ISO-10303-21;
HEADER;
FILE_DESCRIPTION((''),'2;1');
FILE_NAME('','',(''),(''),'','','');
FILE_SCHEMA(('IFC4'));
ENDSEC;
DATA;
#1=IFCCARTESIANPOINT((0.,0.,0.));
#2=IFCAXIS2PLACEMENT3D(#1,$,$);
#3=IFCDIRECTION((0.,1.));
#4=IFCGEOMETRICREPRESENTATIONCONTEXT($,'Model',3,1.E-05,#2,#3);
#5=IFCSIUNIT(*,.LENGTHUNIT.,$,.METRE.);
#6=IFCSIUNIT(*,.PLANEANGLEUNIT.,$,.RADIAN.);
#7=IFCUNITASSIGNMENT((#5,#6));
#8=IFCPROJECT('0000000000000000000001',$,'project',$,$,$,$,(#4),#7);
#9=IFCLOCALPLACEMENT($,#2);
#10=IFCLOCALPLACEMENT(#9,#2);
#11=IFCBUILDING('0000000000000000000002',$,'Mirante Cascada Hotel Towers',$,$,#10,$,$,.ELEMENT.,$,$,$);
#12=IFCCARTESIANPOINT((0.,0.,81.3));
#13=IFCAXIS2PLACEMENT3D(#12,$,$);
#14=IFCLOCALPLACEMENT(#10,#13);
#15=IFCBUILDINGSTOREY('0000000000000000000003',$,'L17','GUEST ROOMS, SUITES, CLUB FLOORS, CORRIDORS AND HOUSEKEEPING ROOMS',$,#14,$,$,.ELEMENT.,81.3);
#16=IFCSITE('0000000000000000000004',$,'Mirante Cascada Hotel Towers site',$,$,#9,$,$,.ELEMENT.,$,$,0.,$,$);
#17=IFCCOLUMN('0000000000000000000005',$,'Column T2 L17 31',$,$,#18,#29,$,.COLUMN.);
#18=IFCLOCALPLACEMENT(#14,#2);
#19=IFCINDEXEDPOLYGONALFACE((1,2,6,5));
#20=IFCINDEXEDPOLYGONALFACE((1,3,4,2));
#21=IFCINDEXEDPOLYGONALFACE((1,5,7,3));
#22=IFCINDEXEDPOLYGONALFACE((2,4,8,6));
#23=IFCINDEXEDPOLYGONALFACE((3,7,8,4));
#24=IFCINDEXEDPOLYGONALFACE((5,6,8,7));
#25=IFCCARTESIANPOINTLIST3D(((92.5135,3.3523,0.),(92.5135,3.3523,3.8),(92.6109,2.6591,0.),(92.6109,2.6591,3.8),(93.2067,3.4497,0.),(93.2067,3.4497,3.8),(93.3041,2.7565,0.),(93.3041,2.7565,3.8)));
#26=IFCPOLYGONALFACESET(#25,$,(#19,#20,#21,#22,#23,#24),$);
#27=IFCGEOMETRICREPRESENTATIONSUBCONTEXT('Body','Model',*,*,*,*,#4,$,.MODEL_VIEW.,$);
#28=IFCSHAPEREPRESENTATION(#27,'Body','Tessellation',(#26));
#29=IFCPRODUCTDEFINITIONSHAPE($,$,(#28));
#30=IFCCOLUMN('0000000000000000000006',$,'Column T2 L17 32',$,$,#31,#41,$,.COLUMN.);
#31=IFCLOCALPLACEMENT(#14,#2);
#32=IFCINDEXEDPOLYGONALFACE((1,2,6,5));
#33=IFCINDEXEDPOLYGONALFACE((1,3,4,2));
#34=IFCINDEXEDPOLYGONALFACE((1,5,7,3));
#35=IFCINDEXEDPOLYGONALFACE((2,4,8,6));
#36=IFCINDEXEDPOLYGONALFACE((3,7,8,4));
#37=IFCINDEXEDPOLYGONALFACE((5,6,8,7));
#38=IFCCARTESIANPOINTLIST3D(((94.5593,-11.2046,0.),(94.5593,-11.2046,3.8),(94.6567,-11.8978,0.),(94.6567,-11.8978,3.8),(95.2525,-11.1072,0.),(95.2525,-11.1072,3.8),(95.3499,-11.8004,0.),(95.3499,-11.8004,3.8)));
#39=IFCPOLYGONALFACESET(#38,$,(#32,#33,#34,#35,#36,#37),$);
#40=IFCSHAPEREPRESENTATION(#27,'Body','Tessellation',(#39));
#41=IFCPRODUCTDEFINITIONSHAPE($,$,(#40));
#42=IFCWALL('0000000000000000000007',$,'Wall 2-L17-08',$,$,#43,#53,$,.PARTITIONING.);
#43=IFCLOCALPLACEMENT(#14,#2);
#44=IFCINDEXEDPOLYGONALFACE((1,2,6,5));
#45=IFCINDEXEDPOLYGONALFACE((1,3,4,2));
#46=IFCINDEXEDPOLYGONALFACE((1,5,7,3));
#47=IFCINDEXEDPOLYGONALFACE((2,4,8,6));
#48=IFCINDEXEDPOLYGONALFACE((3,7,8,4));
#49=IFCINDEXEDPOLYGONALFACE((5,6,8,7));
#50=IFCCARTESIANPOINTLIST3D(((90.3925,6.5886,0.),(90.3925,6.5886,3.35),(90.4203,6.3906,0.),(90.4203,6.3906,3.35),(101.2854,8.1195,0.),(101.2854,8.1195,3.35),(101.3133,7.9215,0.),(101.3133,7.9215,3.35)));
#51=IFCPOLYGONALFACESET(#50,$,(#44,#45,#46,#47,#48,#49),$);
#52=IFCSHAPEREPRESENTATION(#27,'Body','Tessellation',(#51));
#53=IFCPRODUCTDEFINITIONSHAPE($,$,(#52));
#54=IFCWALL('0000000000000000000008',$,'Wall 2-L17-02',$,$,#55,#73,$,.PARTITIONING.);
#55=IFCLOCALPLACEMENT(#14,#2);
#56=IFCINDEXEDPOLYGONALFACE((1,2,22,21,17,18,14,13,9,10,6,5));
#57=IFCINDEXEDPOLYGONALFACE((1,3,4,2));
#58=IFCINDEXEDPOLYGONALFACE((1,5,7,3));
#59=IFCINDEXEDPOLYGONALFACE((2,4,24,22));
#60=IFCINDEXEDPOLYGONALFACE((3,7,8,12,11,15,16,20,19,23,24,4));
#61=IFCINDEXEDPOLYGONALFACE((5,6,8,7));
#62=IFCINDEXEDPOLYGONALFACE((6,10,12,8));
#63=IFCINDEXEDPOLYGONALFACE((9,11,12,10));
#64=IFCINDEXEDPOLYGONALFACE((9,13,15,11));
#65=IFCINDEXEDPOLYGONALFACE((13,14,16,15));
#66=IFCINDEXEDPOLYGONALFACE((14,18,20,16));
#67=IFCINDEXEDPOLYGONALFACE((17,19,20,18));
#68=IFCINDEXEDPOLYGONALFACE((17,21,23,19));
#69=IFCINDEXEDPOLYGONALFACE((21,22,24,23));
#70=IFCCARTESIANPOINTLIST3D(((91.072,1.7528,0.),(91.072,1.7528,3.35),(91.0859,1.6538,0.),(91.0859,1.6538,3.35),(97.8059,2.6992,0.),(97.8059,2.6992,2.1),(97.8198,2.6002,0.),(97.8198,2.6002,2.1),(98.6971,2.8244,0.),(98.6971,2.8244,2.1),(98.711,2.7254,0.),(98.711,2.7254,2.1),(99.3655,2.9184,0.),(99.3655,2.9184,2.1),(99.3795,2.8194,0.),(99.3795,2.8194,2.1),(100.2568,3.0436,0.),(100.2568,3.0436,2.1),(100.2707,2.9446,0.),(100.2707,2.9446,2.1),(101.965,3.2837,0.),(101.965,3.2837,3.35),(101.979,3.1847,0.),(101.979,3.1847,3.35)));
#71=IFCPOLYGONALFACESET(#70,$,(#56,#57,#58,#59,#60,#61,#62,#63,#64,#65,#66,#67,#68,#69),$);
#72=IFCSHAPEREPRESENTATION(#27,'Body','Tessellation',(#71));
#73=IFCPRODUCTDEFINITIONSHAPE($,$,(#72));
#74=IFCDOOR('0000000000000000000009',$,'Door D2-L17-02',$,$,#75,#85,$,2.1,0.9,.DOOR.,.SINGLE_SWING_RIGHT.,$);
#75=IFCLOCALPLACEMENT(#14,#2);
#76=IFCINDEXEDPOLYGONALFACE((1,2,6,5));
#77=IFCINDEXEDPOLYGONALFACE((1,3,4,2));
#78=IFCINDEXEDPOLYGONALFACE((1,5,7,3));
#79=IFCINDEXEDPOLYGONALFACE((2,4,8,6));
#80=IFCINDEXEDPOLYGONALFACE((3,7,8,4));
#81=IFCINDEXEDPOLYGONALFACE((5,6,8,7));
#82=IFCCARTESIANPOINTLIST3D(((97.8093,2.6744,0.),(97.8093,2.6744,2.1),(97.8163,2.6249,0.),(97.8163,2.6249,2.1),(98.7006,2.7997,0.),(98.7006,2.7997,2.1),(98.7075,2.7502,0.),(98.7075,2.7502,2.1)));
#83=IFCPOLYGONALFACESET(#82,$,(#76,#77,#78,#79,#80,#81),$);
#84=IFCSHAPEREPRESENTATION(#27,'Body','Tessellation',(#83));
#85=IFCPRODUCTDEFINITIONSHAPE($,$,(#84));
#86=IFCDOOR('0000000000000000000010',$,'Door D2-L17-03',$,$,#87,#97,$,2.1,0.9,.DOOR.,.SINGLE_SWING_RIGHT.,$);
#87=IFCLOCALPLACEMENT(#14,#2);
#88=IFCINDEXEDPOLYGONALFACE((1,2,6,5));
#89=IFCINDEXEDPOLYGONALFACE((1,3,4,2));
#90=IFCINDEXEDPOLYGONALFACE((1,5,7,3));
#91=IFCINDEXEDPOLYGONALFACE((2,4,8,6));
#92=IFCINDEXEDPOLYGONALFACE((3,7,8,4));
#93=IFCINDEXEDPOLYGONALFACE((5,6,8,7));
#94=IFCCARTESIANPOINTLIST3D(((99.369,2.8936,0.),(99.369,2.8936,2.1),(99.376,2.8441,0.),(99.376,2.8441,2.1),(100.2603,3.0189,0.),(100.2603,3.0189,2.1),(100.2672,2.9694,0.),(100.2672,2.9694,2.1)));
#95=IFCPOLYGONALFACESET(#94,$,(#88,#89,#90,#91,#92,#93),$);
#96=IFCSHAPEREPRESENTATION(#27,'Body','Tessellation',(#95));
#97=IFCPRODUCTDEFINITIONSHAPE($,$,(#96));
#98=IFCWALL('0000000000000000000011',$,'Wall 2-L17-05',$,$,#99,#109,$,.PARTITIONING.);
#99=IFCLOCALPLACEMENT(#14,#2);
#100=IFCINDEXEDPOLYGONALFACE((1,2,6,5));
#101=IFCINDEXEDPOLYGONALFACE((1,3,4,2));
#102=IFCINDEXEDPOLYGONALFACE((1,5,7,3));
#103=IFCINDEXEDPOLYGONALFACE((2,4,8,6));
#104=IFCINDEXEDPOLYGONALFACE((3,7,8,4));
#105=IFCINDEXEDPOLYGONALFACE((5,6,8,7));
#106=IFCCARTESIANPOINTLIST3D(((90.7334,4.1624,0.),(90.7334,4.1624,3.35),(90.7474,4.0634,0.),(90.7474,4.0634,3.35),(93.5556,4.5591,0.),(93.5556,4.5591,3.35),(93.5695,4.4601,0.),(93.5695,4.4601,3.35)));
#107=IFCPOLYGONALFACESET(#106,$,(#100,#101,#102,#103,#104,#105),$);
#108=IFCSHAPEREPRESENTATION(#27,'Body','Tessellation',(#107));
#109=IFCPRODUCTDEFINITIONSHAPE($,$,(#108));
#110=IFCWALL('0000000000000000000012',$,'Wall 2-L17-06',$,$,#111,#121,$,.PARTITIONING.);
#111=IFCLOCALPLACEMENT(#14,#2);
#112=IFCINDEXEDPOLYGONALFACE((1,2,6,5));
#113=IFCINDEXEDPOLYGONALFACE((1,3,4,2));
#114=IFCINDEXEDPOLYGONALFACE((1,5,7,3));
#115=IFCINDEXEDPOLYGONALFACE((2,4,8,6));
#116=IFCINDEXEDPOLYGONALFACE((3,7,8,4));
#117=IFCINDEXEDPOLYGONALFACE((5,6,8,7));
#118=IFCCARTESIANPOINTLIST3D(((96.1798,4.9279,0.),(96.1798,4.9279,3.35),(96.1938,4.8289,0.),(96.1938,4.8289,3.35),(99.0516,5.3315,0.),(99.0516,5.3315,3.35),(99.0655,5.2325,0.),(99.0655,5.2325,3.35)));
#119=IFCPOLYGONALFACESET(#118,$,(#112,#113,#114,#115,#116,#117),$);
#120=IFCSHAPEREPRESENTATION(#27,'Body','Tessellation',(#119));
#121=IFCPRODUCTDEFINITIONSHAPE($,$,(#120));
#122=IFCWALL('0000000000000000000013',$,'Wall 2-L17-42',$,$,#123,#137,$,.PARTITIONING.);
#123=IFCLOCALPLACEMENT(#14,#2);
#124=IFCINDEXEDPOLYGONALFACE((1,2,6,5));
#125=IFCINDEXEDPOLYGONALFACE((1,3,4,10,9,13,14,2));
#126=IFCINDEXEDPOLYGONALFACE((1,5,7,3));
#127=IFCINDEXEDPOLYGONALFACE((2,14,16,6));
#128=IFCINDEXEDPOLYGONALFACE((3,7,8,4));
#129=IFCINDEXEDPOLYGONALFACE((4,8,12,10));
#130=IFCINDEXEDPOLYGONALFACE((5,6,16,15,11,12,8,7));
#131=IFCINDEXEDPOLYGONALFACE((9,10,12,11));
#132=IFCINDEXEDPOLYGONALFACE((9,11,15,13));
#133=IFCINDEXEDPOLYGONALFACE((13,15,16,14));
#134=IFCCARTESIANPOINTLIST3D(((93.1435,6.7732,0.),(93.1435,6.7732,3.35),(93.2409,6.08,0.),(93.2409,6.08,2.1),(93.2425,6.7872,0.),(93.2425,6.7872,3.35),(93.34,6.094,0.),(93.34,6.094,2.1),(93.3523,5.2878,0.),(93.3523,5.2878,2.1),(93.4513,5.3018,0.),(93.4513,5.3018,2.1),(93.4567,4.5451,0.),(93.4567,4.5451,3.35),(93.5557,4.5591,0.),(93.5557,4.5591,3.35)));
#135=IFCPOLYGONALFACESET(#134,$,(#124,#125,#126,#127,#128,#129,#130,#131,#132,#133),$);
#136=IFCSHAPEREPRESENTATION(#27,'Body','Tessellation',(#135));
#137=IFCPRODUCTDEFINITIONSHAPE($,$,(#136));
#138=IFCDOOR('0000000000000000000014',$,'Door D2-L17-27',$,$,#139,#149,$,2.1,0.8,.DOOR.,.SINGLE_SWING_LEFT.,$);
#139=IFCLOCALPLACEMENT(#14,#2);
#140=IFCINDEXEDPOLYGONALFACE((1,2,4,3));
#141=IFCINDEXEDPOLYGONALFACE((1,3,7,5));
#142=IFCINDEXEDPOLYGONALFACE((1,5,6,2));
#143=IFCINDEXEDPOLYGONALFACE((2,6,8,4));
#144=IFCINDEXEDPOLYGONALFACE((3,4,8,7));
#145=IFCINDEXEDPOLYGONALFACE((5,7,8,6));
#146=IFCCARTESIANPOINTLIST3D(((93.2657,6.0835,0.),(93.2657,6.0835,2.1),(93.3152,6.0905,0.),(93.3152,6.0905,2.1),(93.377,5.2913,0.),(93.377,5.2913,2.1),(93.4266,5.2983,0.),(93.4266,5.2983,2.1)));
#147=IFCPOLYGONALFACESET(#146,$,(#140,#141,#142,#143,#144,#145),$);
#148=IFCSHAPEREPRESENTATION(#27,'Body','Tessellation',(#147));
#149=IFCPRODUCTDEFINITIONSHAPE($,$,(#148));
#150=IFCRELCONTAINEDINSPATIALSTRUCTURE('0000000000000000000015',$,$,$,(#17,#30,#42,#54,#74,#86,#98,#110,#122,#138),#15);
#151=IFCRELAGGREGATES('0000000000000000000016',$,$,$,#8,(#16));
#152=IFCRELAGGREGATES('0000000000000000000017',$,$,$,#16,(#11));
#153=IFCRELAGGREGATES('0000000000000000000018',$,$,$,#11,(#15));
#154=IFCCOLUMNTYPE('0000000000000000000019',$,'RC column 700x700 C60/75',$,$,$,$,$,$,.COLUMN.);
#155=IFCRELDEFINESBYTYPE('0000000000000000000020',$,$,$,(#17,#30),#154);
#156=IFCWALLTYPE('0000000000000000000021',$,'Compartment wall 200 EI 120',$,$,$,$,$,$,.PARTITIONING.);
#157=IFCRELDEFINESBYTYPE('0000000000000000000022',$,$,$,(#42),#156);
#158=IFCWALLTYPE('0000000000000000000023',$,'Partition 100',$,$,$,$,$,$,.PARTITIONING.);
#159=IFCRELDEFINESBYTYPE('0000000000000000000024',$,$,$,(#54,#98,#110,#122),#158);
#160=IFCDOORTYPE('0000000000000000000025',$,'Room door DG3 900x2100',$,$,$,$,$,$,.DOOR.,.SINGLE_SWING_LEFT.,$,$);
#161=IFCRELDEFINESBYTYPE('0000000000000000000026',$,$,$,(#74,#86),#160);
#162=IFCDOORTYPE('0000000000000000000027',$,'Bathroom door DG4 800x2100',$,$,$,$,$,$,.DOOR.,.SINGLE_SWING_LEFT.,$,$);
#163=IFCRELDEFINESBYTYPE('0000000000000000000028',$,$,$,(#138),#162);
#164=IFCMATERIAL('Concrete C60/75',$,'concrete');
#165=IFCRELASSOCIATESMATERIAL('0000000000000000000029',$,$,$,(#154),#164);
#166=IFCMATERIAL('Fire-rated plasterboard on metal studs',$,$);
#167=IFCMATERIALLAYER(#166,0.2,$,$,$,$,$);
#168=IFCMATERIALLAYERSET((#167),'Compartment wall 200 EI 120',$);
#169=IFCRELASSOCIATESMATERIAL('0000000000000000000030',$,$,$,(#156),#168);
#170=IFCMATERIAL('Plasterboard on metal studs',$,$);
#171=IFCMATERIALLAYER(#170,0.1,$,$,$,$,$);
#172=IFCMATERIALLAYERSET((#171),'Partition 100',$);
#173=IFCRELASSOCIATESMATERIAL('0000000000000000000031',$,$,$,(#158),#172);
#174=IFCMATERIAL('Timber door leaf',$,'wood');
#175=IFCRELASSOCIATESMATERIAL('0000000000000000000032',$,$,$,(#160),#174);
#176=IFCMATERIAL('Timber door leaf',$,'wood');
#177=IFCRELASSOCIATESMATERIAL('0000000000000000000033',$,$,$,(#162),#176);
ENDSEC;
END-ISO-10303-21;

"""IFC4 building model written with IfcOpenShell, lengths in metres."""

from ifc_helpers import new_model, si_unit, direction, frame, frame_2d, origin, origin_2d, place, context, subcontext, project, spatial, rectangle, extrude, material, layer, layer_set, material_profile, profile_set, type_object, element, fill, save


model = new_model("IFC4")

# Units and contexts
model_context = context("Model", 3, precision=1e-05, world=origin(), true_north=direction((0.0, 1.0)))
body_context = subcontext(model_context, "Body", "Model", "MODEL_VIEW")
ifc_project = project(units=[si_unit("LENGTHUNIT", "METRE"), si_unit("PLANEANGLEUNIT", "RADIAN")], contexts=[model_context])

# Site, building, storey
site_placement = place(None, origin())
site = spatial("IfcSite", under=ifc_project, at=site_placement, Name="Mirante Cascada Hotel Towers site", CompositionType="ELEMENT", RefElevation=0.0)
building_placement = place(site_placement, origin())
building = spatial("IfcBuilding", under=site, at=building_placement, Name="Mirante Cascada Hotel Towers", CompositionType="ELEMENT")
storey_placement = place(building_placement, frame((0.0, 0.0, 81.3)))
storey = spatial("IfcBuildingStorey", under=building, at=storey_placement, Name="L17", Description="GUEST ROOMS, SUITES, CLUB FLOORS, CORRIDORS AND HOUSEKEEPING ROOMS", CompositionType="ELEMENT", Elevation=81.3)

# Columns
ifc_material_1 = material(Name="Concrete C60/75", Category="concrete")
ifc_material_profile = material_profile(ifc_material_1, rectangle(XDim=0.7, YDim=0.7, at=origin_2d()), Name="RC column 700x700 C60/75")
ifc_profile_set = profile_set([ifc_material_profile], Name="Concrete C60/75")
column_type = type_object("IfcColumnType", Name="RC column 700x700 C60/75", PredefinedType="COLUMN", material=ifc_profile_set)
for number, where, z_axis, x_axis, name in (
    (1, (92.9088, 3.0544, 0.0), (0.0, 0.0, 1.0), (0.990268, 0.139173, 0.0), "Column T2 L17 31"),
    (2, (94.9546, -11.5025, 0.0), (0.0, 0.0, 1.0), (0.990268, 0.139173, 0.0), "Column T2 L17 32"),
):
    element("IfcColumn", number, at=place(storey_placement, frame(where, z_axis=z_axis, x_axis=x_axis)), inside=storey, type_object=column_type, Name=name, PredefinedType="COLUMN", context=body_context, shape_type="SweptSolid", body=[
        extrude(rectangle(XDim=0.7, YDim=0.7, at=origin_2d()), origin(), (0.0, 0.0, 1.0), 3.8),
    ])

# Wall
ifc_material_2 = material(Name="Fire-rated plasterboard on metal studs")
ifc_layer_1 = layer(ifc_material_2, 0.2)
ifc_layer_set_1 = layer_set([ifc_layer_1], Name="Compartment wall 200 EI 120")
wall_type_1 = type_object("IfcWallType", Name="Compartment wall 200 EI 120", PredefinedType="PARTITIONING", material=ifc_layer_set_1)
wall_1_placement = place(storey_placement, frame((90.4064, 6.4896, 0.0), z_axis=(0.0, 0.0, 1.0), x_axis=(0.990268, 0.139173, 0.0)))
element("IfcWall", 3, at=wall_1_placement, inside=storey, type_object=wall_type_1, Name="Wall 2-L17-08", PredefinedType="PARTITIONING", context=body_context, shape_type="SweptSolid", body=[
    extrude(rectangle(XDim=11.0, YDim=0.2, at=frame_2d((5.5, 0.0))), origin(), (0.0, 0.0, 1.0), 3.35),
])

# Wall, openings, doors
ifc_material_3 = material(Name="Plasterboard on metal studs")
ifc_layer_2 = layer(ifc_material_3, 0.1)
ifc_layer_set_2 = layer_set([ifc_layer_2], Name="Partition 100")
wall_type_2 = type_object("IfcWallType", Name="Partition 100", PredefinedType="PARTITIONING", material=ifc_layer_set_2)
wall_2_placement = place(storey_placement, frame((91.079, 1.7033, 0.0), z_axis=(0.0, 0.0, 1.0), x_axis=(0.990268, 0.139172, 0.0)))
wall_2 = element("IfcWall", 4, at=wall_2_placement, inside=storey, type_object=wall_type_2, Name="Wall 2-L17-02", PredefinedType="PARTITIONING", context=body_context, shape_type="SweptSolid", body=[
    extrude(rectangle(XDim=11.0001, YDim=0.1, at=frame_2d((5.5, 0.0))), origin(), (0.0, 0.0, 1.0), 3.35),
])
opening_1_placement = place(wall_2_placement, frame((6.8, 0.0, 0.0)))
opening_1 = element("IfcOpeningElement", 5, at=opening_1_placement, cuts=wall_2, PredefinedType="OPENING", context=body_context, shape_type="SweptSolid", body=[
    extrude(rectangle(XDim=0.9, YDim=2.1, at=frame_2d((0.45, 1.05))), frame((0.0, 0.05, 0.0), z_axis=(0.0, -1.0, 0.0), x_axis=(1.0, 0.0, 0.0)), (0.0, 0.0, 1.0), 0.1),
])
opening_2_placement = place(wall_2_placement, frame((8.375, 0.0, 0.0)))
opening_2 = element("IfcOpeningElement", 6, at=opening_2_placement, cuts=wall_2, PredefinedType="OPENING", context=body_context, shape_type="SweptSolid", body=[
    extrude(rectangle(XDim=0.9, YDim=2.1, at=frame_2d((0.45, 1.05))), frame((0.0, 0.05, 0.0), z_axis=(0.0, -1.0, 0.0), x_axis=(1.0, 0.0, 0.0)), (0.0, 0.0, 1.0), 0.1),
])
ifc_material_4 = material(Name="Timber door leaf", Category="wood")
door_type_1 = type_object("IfcDoorType", Name="Room door DG3 900x2100", OperationType="SINGLE_SWING_LEFT", PredefinedType="DOOR", material=ifc_material_4)
door_1_placement = place(opening_1_placement, frame((0.9, 0.0, 0.0), z_axis=(0.0, 0.0, 1.0), x_axis=(-1.0, 0.0, 0.0)))
door_1 = element("IfcDoor", 7, at=door_1_placement, inside=storey, type_object=door_type_1, Name="Door D2-L17-02", OperationType="SINGLE_SWING_RIGHT", OverallHeight=2.1, OverallWidth=0.9, PredefinedType="DOOR", context=body_context, shape_type="SweptSolid", body=[
    extrude(rectangle(XDim=0.9, YDim=2.1, at=frame_2d((0.45, 1.05))), frame((0.0, 0.025, 0.0), z_axis=(0.0, -1.0, 0.0), x_axis=(1.0, 0.0, 0.0)), (0.0, 0.0, 1.0), 0.05),
])
fill(opening_1, door_1)
door_2_placement = place(opening_2_placement, frame((0.9, 0.0, 0.0), z_axis=(0.0, 0.0, 1.0), x_axis=(-1.0, 0.0, 0.0)))
door_2 = element("IfcDoor", 8, at=door_2_placement, inside=storey, type_object=door_type_1, Name="Door D2-L17-03", OperationType="SINGLE_SWING_RIGHT", OverallHeight=2.1, OverallWidth=0.9, PredefinedType="DOOR", context=body_context, shape_type="SweptSolid", body=[
    extrude(rectangle(XDim=0.9, YDim=2.1, at=frame_2d((0.45, 1.05))), frame((0.0, 0.025, 0.0), z_axis=(0.0, -1.0, 0.0), x_axis=(1.0, 0.0, 0.0)), (0.0, 0.0, 1.0), 0.05),
])
fill(opening_2, door_2)

# Walls
wall_3_placement = place(storey_placement, frame((93.5626, 4.5096, 0.0), z_axis=(0.0, 0.0, 1.0), x_axis=(-0.990265, -0.139196, 0.0)))
element("IfcWall", 9, at=wall_3_placement, inside=storey, type_object=wall_type_2, Name="Wall 2-L17-05", PredefinedType="PARTITIONING", context=body_context, shape_type="SweptSolid", body=[
    extrude(rectangle(XDim=2.8499, YDim=0.1, at=frame_2d((1.425, 0.0))), origin(), (0.0, 0.0, 1.0), 3.35),
])
wall_4_placement = place(storey_placement, frame((96.1868, 4.8784, 0.0), z_axis=(0.0, 0.0, 1.0), x_axis=(0.990268, 0.139171, 0.0)))
element("IfcWall", 10, at=wall_4_placement, inside=storey, type_object=wall_type_2, Name="Wall 2-L17-06", PredefinedType="PARTITIONING", context=body_context, shape_type="SweptSolid", body=[
    extrude(rectangle(XDim=2.9, YDim=0.1, at=frame_2d((1.45, 0.0))), origin(), (0.0, 0.0, 1.0), 3.35),
])

# Wall, opening, door
wall_5_placement = place(storey_placement, frame((93.5062, 4.5521, 0.0), z_axis=(0.0, 0.0, 1.0), x_axis=(-0.1392, 0.990264, 0.0)))
wall_5 = element("IfcWall", 11, at=wall_5_placement, inside=storey, type_object=wall_type_2, Name="Wall 2-L17-42", PredefinedType="PARTITIONING", context=body_context, shape_type="SweptSolid", body=[
    extrude(rectangle(XDim=2.25, YDim=0.1, at=frame_2d((1.125, 0.0))), origin(), (0.0, 0.0, 1.0), 3.35),
])
opening_3_placement = place(wall_5_placement, frame((0.75, 0.0, 0.0)))
opening_3 = element("IfcOpeningElement", 12, at=opening_3_placement, cuts=wall_5, PredefinedType="OPENING", context=body_context, shape_type="SweptSolid", body=[
    extrude(rectangle(XDim=0.8, YDim=2.1, at=frame_2d((0.4, 1.05))), frame((0.0, 0.05, 0.0), z_axis=(0.0, -1.0, 0.0), x_axis=(1.0, 0.0, 0.0)), (0.0, 0.0, 1.0), 0.1),
])
ifc_material_5 = material(Name="Timber door leaf", Category="wood")
door_type_2 = type_object("IfcDoorType", Name="Bathroom door DG4 800x2100", OperationType="SINGLE_SWING_LEFT", PredefinedType="DOOR", material=ifc_material_5)
door_3_placement = place(opening_3_placement, origin())
door_3 = element("IfcDoor", 13, at=door_3_placement, inside=storey, type_object=door_type_2, Name="Door D2-L17-27", OperationType="SINGLE_SWING_LEFT", OverallHeight=2.1, OverallWidth=0.8, PredefinedType="DOOR", context=body_context, shape_type="SweptSolid", body=[
    extrude(rectangle(XDim=0.8, YDim=2.1, at=frame_2d((0.4, 1.05))), frame((0.0, 0.025, 0.0), z_axis=(0.0, -1.0, 0.0), x_axis=(1.0, 0.0, 0.0)), (0.0, 0.0, 1.0), 0.05),
])
fill(opening_3, door_3)

save(model, "model.ifc")
